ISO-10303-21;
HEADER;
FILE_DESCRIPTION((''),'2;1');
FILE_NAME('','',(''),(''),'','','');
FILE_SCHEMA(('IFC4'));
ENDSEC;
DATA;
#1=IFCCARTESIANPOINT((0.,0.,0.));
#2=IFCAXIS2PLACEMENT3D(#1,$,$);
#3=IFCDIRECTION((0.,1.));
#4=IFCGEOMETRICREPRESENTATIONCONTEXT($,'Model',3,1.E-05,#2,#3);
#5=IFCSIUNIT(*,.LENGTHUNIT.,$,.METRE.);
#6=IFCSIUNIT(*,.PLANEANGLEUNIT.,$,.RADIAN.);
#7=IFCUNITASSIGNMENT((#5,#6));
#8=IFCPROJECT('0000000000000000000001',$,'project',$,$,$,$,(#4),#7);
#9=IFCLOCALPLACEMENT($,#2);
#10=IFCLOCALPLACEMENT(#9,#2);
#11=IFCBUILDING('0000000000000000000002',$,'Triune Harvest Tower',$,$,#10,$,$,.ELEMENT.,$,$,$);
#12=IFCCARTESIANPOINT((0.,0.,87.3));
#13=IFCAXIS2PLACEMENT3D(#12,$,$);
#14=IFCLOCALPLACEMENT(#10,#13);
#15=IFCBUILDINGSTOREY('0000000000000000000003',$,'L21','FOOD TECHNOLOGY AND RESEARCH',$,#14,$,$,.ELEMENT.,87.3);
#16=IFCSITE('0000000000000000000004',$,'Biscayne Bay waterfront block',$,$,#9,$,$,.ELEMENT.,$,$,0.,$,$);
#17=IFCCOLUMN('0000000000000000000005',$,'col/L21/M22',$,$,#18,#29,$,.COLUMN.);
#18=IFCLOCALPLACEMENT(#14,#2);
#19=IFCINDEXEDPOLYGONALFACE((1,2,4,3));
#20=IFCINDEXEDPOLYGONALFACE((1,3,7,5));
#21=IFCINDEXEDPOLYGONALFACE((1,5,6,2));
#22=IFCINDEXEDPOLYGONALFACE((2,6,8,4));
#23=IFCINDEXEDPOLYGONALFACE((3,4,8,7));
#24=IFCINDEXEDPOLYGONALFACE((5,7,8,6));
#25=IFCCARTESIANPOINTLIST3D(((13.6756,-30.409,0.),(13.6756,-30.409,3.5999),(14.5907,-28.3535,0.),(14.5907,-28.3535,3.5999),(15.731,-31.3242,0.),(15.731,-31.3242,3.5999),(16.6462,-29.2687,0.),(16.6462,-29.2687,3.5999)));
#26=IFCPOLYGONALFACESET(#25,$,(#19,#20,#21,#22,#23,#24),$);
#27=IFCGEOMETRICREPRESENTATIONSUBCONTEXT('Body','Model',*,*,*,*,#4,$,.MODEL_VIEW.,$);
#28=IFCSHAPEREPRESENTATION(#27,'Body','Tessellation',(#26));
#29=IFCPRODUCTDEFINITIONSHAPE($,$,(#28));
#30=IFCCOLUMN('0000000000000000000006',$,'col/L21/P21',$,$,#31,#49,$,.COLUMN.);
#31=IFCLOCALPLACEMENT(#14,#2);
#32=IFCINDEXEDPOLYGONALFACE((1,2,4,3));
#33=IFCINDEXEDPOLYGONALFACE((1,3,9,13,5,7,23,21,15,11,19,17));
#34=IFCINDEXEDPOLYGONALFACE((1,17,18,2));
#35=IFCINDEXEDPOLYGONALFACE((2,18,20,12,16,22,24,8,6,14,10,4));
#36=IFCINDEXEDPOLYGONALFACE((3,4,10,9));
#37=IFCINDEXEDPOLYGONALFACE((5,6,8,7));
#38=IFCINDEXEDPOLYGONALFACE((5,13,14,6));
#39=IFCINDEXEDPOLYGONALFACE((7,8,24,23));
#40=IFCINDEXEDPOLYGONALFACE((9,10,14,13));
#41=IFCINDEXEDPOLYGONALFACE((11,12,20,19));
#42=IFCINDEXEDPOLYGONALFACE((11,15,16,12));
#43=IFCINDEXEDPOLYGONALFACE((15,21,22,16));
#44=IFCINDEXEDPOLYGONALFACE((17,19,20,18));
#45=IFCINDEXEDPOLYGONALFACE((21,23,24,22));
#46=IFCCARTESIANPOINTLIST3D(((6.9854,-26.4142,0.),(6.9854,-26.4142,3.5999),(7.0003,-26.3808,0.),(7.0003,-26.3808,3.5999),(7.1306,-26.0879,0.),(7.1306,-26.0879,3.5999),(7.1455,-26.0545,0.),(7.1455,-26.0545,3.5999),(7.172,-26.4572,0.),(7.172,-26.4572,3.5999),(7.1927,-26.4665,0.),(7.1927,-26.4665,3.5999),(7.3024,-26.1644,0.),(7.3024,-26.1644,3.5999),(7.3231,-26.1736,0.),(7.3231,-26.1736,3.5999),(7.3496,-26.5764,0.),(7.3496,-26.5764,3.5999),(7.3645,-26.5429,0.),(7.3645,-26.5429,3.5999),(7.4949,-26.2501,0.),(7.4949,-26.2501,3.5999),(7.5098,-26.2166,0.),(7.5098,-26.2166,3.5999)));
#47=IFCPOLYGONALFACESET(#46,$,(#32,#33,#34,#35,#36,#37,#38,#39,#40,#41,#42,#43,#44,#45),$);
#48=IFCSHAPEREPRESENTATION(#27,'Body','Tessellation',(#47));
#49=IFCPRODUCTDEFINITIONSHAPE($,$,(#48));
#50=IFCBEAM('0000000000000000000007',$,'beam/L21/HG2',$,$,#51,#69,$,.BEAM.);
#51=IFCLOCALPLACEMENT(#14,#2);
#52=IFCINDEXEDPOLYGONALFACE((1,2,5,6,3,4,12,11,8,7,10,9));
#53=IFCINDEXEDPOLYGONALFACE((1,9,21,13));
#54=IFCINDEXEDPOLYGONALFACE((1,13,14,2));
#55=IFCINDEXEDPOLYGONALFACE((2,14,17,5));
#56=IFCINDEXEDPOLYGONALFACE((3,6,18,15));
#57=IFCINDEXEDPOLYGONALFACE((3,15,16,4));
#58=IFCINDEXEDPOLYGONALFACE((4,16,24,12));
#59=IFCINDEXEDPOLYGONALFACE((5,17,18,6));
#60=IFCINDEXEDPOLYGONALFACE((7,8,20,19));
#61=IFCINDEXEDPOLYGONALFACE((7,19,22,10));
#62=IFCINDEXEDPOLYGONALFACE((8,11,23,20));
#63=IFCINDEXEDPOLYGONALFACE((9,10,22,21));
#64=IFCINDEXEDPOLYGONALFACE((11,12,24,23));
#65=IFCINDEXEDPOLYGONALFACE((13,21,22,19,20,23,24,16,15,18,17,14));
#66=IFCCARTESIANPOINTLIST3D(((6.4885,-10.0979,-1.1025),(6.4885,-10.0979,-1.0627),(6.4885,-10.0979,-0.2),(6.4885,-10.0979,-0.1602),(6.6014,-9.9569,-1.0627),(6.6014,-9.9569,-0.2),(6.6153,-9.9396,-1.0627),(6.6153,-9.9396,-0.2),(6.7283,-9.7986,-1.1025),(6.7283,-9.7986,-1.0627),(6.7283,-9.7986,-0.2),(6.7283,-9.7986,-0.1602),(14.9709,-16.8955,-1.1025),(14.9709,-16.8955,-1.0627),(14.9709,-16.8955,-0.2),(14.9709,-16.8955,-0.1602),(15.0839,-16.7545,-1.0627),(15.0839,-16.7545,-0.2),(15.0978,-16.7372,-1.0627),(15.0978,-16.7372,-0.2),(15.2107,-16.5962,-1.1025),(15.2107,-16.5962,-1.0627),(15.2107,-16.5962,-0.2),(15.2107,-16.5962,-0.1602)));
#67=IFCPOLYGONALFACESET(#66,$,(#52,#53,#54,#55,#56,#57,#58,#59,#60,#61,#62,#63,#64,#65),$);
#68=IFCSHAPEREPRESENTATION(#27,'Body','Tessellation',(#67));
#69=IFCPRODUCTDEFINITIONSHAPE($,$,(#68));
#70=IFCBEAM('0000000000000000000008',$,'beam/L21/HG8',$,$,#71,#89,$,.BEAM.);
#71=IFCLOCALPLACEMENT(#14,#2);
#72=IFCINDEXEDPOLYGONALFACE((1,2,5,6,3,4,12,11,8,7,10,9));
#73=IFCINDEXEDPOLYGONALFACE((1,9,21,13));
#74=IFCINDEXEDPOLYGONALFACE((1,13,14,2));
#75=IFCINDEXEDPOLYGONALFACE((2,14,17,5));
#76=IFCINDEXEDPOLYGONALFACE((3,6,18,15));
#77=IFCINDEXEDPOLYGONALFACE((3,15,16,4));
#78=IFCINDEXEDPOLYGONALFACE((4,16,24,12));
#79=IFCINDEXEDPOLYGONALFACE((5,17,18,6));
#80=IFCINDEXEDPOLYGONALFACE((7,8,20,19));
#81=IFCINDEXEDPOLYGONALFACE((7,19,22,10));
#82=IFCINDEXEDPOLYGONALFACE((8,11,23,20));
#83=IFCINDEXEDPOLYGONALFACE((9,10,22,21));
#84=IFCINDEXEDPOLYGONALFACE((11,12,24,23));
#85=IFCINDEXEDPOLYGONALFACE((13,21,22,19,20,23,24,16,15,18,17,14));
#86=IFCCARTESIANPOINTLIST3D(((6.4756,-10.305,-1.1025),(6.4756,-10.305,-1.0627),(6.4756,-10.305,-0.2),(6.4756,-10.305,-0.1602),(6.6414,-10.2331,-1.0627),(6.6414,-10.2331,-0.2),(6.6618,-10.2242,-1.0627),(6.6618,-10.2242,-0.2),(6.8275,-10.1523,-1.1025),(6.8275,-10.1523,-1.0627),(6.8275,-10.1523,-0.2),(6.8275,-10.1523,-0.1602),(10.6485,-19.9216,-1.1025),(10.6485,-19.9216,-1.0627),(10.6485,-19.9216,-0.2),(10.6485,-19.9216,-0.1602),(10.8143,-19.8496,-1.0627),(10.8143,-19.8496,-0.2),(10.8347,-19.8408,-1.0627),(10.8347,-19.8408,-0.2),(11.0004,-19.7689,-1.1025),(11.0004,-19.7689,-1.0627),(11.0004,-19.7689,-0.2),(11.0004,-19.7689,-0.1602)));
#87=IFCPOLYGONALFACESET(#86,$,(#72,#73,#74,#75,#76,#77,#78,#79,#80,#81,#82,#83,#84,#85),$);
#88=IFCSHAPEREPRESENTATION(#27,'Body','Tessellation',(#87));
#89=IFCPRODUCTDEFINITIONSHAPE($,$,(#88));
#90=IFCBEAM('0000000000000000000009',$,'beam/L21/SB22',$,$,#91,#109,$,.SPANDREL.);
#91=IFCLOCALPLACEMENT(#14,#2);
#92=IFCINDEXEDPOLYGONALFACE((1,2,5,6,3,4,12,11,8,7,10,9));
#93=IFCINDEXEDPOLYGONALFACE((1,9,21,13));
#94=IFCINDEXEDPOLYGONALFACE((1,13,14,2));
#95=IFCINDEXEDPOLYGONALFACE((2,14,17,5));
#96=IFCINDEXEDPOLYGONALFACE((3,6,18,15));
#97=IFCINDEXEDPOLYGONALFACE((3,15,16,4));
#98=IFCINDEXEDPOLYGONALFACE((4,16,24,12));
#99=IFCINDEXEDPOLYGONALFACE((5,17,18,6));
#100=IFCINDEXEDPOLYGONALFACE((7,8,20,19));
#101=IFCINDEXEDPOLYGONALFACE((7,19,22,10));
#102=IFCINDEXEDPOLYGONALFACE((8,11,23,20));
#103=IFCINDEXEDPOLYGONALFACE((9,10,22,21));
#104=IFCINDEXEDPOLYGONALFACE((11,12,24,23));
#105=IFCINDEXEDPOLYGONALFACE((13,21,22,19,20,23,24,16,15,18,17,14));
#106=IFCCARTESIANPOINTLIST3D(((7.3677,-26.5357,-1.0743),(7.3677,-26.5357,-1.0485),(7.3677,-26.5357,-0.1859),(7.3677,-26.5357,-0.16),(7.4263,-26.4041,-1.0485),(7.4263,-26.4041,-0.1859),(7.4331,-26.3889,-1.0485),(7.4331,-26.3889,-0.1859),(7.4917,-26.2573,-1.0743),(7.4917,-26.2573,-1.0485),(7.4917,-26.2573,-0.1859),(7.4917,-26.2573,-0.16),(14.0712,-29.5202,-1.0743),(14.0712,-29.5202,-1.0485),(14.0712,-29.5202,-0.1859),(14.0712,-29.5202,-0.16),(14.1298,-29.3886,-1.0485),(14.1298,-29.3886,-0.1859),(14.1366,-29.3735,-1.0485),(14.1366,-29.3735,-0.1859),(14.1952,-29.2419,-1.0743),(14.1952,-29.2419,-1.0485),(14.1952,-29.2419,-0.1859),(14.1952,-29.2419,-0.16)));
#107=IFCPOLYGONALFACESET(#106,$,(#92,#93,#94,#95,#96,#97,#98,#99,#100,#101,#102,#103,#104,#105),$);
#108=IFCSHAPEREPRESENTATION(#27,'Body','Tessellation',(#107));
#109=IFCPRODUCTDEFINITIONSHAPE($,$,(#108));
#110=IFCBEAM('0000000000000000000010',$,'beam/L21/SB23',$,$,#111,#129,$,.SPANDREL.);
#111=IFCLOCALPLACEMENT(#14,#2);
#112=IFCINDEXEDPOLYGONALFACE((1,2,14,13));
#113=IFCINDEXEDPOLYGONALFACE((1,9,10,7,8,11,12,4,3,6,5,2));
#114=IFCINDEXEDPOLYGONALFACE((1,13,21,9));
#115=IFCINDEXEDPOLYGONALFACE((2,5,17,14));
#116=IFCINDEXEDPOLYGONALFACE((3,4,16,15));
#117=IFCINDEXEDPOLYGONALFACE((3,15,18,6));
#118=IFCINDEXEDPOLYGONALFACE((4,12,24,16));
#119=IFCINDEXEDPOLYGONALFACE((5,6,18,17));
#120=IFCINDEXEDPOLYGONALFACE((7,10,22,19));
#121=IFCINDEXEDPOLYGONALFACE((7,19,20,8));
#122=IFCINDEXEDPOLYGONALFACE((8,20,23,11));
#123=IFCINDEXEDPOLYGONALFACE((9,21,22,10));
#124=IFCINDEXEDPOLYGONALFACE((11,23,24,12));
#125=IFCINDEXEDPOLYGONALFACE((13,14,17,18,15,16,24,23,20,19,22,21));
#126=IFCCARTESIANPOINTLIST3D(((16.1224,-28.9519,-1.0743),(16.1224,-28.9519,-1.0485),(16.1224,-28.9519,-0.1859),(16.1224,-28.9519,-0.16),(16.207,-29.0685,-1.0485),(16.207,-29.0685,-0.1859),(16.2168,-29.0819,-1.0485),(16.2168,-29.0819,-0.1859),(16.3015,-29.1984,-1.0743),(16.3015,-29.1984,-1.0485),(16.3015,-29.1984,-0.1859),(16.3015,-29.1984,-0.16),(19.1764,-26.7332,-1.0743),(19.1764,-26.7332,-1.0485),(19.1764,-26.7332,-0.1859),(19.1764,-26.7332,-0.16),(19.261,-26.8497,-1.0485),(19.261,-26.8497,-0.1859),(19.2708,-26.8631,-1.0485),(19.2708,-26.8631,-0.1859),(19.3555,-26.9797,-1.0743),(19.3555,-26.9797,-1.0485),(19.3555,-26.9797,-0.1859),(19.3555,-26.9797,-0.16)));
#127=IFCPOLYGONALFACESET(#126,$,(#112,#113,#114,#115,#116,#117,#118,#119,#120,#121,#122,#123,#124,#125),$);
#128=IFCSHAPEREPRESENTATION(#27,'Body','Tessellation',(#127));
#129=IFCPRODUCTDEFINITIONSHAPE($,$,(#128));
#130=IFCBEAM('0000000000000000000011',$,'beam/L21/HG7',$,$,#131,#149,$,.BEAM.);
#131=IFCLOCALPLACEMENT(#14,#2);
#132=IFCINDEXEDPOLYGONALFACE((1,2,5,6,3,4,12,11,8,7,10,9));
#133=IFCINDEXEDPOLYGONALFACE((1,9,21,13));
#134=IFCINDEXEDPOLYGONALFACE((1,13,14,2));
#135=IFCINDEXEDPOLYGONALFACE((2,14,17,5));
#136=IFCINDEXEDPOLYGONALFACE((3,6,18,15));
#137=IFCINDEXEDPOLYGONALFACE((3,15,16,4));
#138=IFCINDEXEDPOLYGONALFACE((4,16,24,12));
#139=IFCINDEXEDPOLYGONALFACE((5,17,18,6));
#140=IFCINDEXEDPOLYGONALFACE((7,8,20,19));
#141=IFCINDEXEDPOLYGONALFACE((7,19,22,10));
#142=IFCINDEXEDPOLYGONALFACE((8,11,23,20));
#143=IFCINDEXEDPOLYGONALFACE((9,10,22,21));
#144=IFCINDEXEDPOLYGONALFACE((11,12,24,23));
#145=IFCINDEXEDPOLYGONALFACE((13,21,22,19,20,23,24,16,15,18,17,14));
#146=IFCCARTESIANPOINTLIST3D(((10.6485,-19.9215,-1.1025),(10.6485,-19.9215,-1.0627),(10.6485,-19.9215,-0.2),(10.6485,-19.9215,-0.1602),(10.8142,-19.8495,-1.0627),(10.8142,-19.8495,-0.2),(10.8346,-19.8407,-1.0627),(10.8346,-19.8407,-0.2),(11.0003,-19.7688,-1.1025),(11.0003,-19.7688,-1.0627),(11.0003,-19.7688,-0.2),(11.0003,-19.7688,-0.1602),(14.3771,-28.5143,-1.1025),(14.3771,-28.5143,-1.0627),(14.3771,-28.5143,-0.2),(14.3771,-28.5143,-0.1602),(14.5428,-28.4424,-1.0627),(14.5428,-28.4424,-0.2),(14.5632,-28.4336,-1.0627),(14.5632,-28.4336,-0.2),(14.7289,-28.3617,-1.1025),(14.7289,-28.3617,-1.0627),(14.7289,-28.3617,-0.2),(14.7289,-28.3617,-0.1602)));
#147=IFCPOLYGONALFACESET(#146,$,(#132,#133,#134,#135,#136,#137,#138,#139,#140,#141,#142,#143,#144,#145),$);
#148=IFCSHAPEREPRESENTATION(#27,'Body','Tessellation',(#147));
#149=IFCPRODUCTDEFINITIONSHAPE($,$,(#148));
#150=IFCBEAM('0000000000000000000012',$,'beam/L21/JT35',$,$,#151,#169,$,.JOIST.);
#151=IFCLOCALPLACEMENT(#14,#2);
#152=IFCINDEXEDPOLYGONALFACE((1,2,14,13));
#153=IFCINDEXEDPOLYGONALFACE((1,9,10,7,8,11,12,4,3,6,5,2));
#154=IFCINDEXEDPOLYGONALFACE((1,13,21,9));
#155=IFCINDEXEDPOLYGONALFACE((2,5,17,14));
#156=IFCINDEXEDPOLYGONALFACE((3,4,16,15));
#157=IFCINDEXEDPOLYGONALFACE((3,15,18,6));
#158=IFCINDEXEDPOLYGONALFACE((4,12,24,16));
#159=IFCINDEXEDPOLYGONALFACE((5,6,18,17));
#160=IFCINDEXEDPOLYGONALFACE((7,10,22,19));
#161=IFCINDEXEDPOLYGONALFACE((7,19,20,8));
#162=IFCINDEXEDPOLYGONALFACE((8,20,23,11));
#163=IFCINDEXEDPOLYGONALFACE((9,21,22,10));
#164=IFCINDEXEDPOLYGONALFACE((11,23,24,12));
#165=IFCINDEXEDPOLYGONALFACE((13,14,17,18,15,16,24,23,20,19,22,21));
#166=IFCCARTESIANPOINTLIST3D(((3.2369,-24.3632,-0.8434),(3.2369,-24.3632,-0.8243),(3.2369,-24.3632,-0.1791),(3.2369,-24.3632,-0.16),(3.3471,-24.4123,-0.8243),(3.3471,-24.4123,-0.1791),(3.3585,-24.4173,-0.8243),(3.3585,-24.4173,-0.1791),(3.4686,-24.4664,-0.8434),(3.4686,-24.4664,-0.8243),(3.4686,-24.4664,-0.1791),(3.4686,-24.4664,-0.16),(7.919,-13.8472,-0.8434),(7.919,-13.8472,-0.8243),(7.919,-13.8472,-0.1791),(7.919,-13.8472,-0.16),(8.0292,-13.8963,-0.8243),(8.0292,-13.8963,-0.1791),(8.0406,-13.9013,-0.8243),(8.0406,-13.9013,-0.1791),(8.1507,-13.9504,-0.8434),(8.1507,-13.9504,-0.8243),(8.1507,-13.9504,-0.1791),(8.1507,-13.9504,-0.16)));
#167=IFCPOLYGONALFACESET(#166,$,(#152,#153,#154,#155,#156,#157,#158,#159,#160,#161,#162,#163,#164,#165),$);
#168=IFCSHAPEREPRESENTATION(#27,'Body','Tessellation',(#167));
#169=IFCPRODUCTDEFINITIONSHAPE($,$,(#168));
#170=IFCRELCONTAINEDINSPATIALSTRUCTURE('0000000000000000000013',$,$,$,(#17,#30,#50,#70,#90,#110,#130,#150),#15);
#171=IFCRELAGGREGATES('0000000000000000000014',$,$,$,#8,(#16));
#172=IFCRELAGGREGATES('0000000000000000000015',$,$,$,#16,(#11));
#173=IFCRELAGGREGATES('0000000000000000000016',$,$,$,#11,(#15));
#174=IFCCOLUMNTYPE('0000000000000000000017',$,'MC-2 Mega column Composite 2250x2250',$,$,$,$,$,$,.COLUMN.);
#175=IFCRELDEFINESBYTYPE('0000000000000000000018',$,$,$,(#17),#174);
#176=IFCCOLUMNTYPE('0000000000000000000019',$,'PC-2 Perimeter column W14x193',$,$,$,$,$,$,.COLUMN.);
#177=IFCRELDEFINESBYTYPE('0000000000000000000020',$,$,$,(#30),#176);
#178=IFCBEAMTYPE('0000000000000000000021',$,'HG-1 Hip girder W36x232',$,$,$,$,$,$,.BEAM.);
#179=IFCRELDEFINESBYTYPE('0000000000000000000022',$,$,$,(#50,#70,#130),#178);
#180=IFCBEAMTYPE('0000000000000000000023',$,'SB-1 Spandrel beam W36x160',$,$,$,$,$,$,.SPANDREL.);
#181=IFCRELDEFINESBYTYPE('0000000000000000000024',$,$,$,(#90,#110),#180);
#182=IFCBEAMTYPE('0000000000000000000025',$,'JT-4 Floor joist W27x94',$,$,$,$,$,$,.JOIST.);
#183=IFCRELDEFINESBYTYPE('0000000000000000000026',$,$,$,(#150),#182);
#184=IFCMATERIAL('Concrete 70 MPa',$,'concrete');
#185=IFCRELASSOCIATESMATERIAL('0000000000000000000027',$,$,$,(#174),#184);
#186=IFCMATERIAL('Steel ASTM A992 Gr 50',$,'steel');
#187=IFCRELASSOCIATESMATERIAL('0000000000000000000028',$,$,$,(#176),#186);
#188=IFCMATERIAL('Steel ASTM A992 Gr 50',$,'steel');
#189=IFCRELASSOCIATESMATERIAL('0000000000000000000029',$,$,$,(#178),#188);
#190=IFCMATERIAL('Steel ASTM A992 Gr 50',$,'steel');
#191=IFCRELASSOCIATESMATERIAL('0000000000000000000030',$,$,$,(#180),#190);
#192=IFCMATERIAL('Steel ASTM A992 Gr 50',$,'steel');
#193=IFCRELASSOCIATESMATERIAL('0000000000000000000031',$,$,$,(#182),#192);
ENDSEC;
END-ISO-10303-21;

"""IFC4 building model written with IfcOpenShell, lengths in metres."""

from ifc_helpers import new_model, si_unit, direction, frame, origin, origin_2d, place, context, subcontext, project, spatial, rectangle, i_section, extrude, source, transform, mapped, material, material_profile, profile_set, type_object, element, save


model = new_model("IFC4")

# Units and contexts
model_context = context("Model", 3, precision=1e-05, world=origin(), true_north=direction((0.0, 1.0)))
body_context = subcontext(model_context, "Body", "Model", "MODEL_VIEW")
ifc_project = project(units=[si_unit("LENGTHUNIT", "METRE"), si_unit("PLANEANGLEUNIT", "RADIAN")], contexts=[model_context])

# Site, building, storey
site_placement = place(None, origin())
site = spatial("IfcSite", under=ifc_project, at=site_placement, Name="Biscayne Bay waterfront block", CompositionType="ELEMENT", RefElevation=0.0)
building_placement = place(site_placement, origin())
building = spatial("IfcBuilding", under=site, at=building_placement, Name="Triune Harvest Tower", CompositionType="ELEMENT")
storey_placement = place(building_placement, frame((0.0, 0.0, 87.3)))
storey = spatial("IfcBuildingStorey", under=building, at=storey_placement, Name="L21", Description="FOOD TECHNOLOGY AND RESEARCH", CompositionType="ELEMENT", Elevation=87.3)

# Columns
ifc_material_1 = material(Name="Concrete 70 MPa", Category="concrete")
ifc_material_profile_1 = material_profile(ifc_material_1, rectangle(XDim=2.25, YDim=2.25, at=origin_2d()), Name="Composite 2250x2250")
ifc_profile_set_1 = profile_set([ifc_material_profile_1], Name="Concrete 70 MPa")
column_type_1 = type_object("IfcColumnType", Name="MC-2 Mega column Composite 2250x2250", PredefinedType="COLUMN", material=ifc_profile_set_1)
shared_shape_1 = source(origin(), body_context, "Body", "SweptSolid", [
    extrude(rectangle(XDim=2.25, YDim=2.25, at=origin_2d()), origin(), (0.0, 0.0, 1.0), 3.5999),
])
column_1_placement = place(storey_placement, frame((15.1609, -29.8389, 0.0), z_axis=(0.0, 0.0, 1.0), x_axis=(0.913545, -0.406737, 0.0)))
element("IfcColumn", 1, at=column_1_placement, inside=storey, type_object=column_type_1, Name="col/L21/M22", PredefinedType="COLUMN", context=body_context, shape_type="MappedRepresentation", body=[
    mapped(shared_shape_1, transform((0.0, 0.0, 0.0), scale=1.0)),
])
ifc_material_2 = material(Name="Steel ASTM A992 Gr 50", Category="steel")
ifc_material_profile_2 = material_profile(ifc_material_2, i_section(OverallWidth=0.3987, OverallDepth=0.3938, WebThickness=0.0227, FlangeThickness=0.0366, at=origin_2d()), Name="W14x193")
ifc_profile_set_2 = profile_set([ifc_material_profile_2], Name="Steel ASTM A992 Gr 50")
column_type_2 = type_object("IfcColumnType", Name="PC-2 Perimeter column W14x193", PredefinedType="COLUMN", material=ifc_profile_set_2)
shared_shape_2 = source(origin(), body_context, "Body", "SweptSolid", [
    extrude(i_section(OverallWidth=0.3987, OverallDepth=0.3938, WebThickness=0.0227, FlangeThickness=0.0366, at=origin_2d()), origin(), (0.0, 0.0, 1.0), 3.5999),
])
column_2_placement = place(storey_placement, frame((7.2476, -26.3154, 0.0), z_axis=(0.0, 0.0, 1.0), x_axis=(0.913545, -0.406737, 0.0)))
element("IfcColumn", 2, at=column_2_placement, inside=storey, type_object=column_type_2, Name="col/L21/P21", PredefinedType="COLUMN", context=body_context, shape_type="MappedRepresentation", body=[
    mapped(shared_shape_2, transform((0.0, 0.0, 0.0), scale=1.0)),
])

# Beams
ifc_material_3 = material(Name="Steel ASTM A992 Gr 50", Category="steel")
ifc_material_profile_3 = material_profile(ifc_material_3, i_section(OverallWidth=0.3835, OverallDepth=0.9424, WebThickness=0.0222, FlangeThickness=0.0398, at=origin_2d()), Name="W36x232")
ifc_profile_set_3 = profile_set([ifc_material_profile_3], Name="Steel ASTM A992 Gr 50")
beam_type_1 = type_object("IfcBeamType", Name="HG-1 Hip girder W36x232", PredefinedType="BEAM", material=ifc_profile_set_3)
shared_shape_3 = source(origin(), body_context, "Body", "SweptSolid", [
    extrude(i_section(OverallWidth=0.3835, OverallDepth=0.9424, WebThickness=0.0222, FlangeThickness=0.0398, at=origin_2d()), origin(), (0.0, 0.0, 1.0), 10.8701),
])
beam_1_placement = place(storey_placement, frame((15.0908, -16.7458, -0.6313), z_axis=(-0.780345, 0.625349, 0.0), x_axis=(-0.625349, -0.780345, 0.0)))
element("IfcBeam", 3, at=beam_1_placement, inside=storey, type_object=beam_type_1, Name="beam/L21/HG2", PredefinedType="BEAM", context=body_context, shape_type="MappedRepresentation", body=[
    mapped(shared_shape_3, transform((0.0, 0.0, 0.0), scale=1.0)),
])
shared_shape_4 = source(origin(), body_context, "Body", "SweptSolid", [
    extrude(i_section(OverallWidth=0.3835, OverallDepth=0.9424, WebThickness=0.0222, FlangeThickness=0.0398, at=origin_2d()), origin(), (0.0, 0.0, 1.0), 10.4829),
])
beam_2_placement = place(storey_placement, frame((10.8245, -19.8452, -0.6313), z_axis=(-0.398067, 0.917356, 0.0), x_axis=(-0.917356, -0.398067, 0.0)))
element("IfcBeam", 4, at=beam_2_placement, inside=storey, type_object=beam_type_1, Name="beam/L21/HG8", PredefinedType="BEAM", context=body_context, shape_type="MappedRepresentation", body=[
    mapped(shared_shape_4, transform((0.0, 0.0, 0.0), scale=1.0)),
])
ifc_material_4 = material(Name="Steel ASTM A992 Gr 50", Category="steel")
ifc_material_profile_4 = material_profile(ifc_material_4, i_section(OverallWidth=0.3047, OverallDepth=0.9143, WebThickness=0.0166, FlangeThickness=0.0259, at=origin_2d()), Name="W36x160")
ifc_profile_set_4 = profile_set([ifc_material_profile_4], Name="Steel ASTM A992 Gr 50")
beam_type_2 = type_object("IfcBeamType", Name="SB-1 Spandrel beam W36x160", PredefinedType="SPANDREL", material=ifc_profile_set_4)
shared_shape_5 = source(origin(), body_context, "Body", "SweptSolid", [
    extrude(i_section(OverallWidth=0.3047, OverallDepth=0.9143, WebThickness=0.0166, FlangeThickness=0.0259, at=origin_2d()), origin(), (0.0, 0.0, 1.0), 7.3379),
])
beam_3_placement = place(storey_placement, frame((7.4297, -26.3965, -0.6172), z_axis=(0.913547, -0.406734, 0.0), x_axis=(0.406734, 0.913547, 0.0)))
element("IfcBeam", 5, at=beam_3_placement, inside=storey, type_object=beam_type_2, Name="beam/L21/SB22", PredefinedType="SPANDREL", context=body_context, shape_type="MappedRepresentation", body=[
    mapped(shared_shape_5, transform((0.0, 0.0, 0.0), scale=1.0)),
])
shared_shape_6 = source(origin(), body_context, "Body", "SweptSolid", [
    extrude(i_section(OverallWidth=0.3047, OverallDepth=0.9143, WebThickness=0.0166, FlangeThickness=0.0259, at=origin_2d()), origin(), (0.0, 0.0, 1.0), 3.7749),
])
beam_4_placement = place(storey_placement, frame((16.2119, -29.0752, -0.6172), z_axis=(0.809027, 0.587772, 0.0), x_axis=(-0.587772, 0.809027, 0.0)))
element("IfcBeam", 6, at=beam_4_placement, inside=storey, type_object=beam_type_2, Name="beam/L21/SB23", PredefinedType="SPANDREL", context=body_context, shape_type="MappedRepresentation", body=[
    mapped(shared_shape_6, transform((0.0, 0.0, 0.0), scale=1.0)),
])
shared_shape_7 = source(origin(), body_context, "Body", "SweptSolid", [
    extrude(i_section(OverallWidth=0.3835, OverallDepth=0.9424, WebThickness=0.0222, FlangeThickness=0.0398, at=origin_2d()), origin(), (0.0, 0.0, 1.0), 9.3669),
])
beam_5_placement = place(storey_placement, frame((14.553, -28.438, -0.6313), z_axis=(-0.398055, 0.917362, 0.0), x_axis=(-0.917362, -0.398055, 0.0)))
element("IfcBeam", 7, at=beam_5_placement, inside=storey, type_object=beam_type_1, Name="beam/L21/HG7", PredefinedType="BEAM", context=body_context, shape_type="MappedRepresentation", body=[
    mapped(shared_shape_7, transform((0.0, 0.0, 0.0), scale=1.0)),
])
ifc_material_5 = material(Name="Steel ASTM A992 Gr 50", Category="steel")
ifc_material_profile_5 = material_profile(ifc_material_5, i_section(OverallWidth=0.2537, OverallDepth=0.6833, WebThickness=0.0125, FlangeThickness=0.019, at=origin_2d()), Name="W27x94")
ifc_profile_set_5 = profile_set([ifc_material_profile_5], Name="Steel ASTM A992 Gr 50")
beam_type_3 = type_object("IfcBeamType", Name="JT-4 Floor joist W27x94", PredefinedType="JOIST", material=ifc_profile_set_5)
shared_shape_8 = source(origin(), body_context, "Body", "SweptSolid", [
    extrude(i_section(OverallWidth=0.2537, OverallDepth=0.6833, WebThickness=0.0125, FlangeThickness=0.019, at=origin_2d()), origin(), (0.0, 0.0, 1.0), 11.5112),
])
beam_6_placement = place(storey_placement, frame((3.3528, -24.4148, -0.5017), z_axis=(0.406741, 0.913544, 0.0), x_axis=(-0.913544, 0.406741, 0.0)))
element("IfcBeam", 8, at=beam_6_placement, inside=storey, type_object=beam_type_3, Name="beam/L21/JT35", PredefinedType="JOIST", context=body_context, shape_type="MappedRepresentation", body=[
    mapped(shared_shape_8, transform((0.0, 0.0, 0.0), scale=1.0)),
])

save(model, "model.ifc")
